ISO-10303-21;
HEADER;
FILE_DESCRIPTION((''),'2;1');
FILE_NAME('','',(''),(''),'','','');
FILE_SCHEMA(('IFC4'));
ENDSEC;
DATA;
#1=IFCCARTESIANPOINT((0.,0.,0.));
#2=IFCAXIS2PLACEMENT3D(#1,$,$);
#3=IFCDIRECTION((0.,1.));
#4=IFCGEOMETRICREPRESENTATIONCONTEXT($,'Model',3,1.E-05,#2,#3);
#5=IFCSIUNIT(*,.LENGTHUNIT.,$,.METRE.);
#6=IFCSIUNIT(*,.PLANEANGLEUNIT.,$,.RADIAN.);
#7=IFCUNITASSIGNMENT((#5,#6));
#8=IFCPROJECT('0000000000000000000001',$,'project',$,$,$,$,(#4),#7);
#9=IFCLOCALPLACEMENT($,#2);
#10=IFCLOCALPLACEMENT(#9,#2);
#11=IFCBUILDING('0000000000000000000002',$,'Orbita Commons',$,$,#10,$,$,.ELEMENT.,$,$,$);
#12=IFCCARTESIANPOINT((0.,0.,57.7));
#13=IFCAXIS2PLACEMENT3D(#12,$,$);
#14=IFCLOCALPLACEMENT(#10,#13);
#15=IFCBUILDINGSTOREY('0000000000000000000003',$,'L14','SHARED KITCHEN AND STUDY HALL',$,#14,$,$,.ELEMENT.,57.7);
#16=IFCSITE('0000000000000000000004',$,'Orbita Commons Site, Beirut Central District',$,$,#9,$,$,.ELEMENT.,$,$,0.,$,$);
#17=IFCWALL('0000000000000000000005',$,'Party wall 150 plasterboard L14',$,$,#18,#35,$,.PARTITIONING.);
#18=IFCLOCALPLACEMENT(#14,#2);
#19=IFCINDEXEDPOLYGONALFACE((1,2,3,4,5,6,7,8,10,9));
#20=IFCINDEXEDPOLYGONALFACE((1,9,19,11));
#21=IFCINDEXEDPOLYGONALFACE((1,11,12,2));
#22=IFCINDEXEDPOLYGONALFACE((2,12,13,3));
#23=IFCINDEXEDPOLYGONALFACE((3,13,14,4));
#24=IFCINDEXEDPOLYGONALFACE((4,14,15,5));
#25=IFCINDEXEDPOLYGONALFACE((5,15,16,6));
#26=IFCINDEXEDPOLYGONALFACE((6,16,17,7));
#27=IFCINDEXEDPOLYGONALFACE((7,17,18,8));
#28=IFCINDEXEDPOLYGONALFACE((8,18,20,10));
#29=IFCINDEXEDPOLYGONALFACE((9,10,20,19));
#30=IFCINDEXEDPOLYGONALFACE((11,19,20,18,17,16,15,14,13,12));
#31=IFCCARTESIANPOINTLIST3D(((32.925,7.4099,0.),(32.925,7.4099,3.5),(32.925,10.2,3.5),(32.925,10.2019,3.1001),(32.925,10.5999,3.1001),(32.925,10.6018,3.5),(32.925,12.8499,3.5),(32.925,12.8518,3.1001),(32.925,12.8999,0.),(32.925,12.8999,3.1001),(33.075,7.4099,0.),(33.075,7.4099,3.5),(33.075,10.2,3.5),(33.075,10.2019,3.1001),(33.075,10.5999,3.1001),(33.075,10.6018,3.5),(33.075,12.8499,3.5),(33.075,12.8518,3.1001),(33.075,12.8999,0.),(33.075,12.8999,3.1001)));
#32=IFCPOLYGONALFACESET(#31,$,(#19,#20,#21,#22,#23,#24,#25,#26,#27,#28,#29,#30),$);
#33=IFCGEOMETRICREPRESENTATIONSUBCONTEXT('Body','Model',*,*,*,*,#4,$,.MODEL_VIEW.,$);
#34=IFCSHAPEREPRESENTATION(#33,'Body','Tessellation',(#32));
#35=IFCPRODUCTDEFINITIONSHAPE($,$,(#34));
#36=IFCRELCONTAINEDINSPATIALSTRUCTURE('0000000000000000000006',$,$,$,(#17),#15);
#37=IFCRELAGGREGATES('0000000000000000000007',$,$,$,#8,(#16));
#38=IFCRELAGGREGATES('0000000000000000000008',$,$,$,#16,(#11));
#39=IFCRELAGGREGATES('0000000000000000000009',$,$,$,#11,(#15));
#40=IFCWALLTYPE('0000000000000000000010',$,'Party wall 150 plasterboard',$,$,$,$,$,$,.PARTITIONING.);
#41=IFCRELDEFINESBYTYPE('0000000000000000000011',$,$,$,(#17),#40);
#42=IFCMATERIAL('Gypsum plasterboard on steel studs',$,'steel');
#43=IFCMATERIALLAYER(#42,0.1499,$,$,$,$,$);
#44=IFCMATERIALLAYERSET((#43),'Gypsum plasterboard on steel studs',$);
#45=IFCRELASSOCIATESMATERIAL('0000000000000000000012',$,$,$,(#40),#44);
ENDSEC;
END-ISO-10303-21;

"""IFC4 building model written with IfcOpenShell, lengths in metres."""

from ifc_helpers import new_model, si_unit, direction, frame, origin, place, context, subcontext, project, spatial, polyline, outline, extrude, material, layer, layer_set, type_object, element, save


model = new_model("IFC4")

# Units and contexts
model_context = context("Model", 3, precision=1e-05, world=origin(), true_north=direction((0.0, 1.0)))
body_context = subcontext(model_context, "Body", "Model", "MODEL_VIEW")
ifc_project = project(units=[si_unit("LENGTHUNIT", "METRE"), si_unit("PLANEANGLEUNIT", "RADIAN")], contexts=[model_context])

# Site, building, storey
site_placement = place(None, origin())
site = spatial("IfcSite", under=ifc_project, at=site_placement, Name="Orbita Commons Site, Beirut Central District", CompositionType="ELEMENT", RefElevation=0.0)
building_placement = place(site_placement, origin())
building = spatial("IfcBuilding", under=site, at=building_placement, Name="Orbita Commons", CompositionType="ELEMENT")
storey_placement = place(building_placement, frame((0.0, 0.0, 57.7)))
storey = spatial("IfcBuildingStorey", under=building, at=storey_placement, Name="L14", Description="SHARED KITCHEN AND STUDY HALL", CompositionType="ELEMENT", Elevation=57.7)

# Wall
ifc_material_1 = material(Name="Gypsum plasterboard on steel studs", Category="steel")
ifc_layer_1 = layer(ifc_material_1, 0.1499)
ifc_layer_set_1 = layer_set([ifc_layer_1], Name="Gypsum plasterboard on steel studs")
wall_type_1 = type_object("IfcWallType", Name="Party wall 150 plasterboard", PredefinedType="PARTITIONING", material=ifc_layer_set_1)
wall_placement = place(storey_placement, frame((33.0, 7.4099, 0.0), z_axis=(0.0, 0.0, 1.0), x_axis=(0.0, 1.0, 0.0)))
element("IfcWall", 1, at=wall_placement, inside=storey, type_object=wall_type_1, Name="Party wall 150 plasterboard L14", PredefinedType="PARTITIONING", context=body_context, shape_type="SweptSolid", body=[
    extrude(outline(polyline([(0.0, 0.0), (5.49, 0.0), (5.49, 3.1001), (5.4419, 3.1001), (5.4399, 3.5), (3.1919, 3.5), (3.1899, 3.1001), (2.792, 3.1001), (2.79, 3.5), (0.0, 3.5), (0.0, 0.0)])), frame((0.0, 0.075, 0.0), z_axis=(0.0, -1.0, 0.0), x_axis=(1.0, 0.0, 0.0)), (0.0, 0.0, 1.0), 0.1499),
])

save(model, "model.ifc")
